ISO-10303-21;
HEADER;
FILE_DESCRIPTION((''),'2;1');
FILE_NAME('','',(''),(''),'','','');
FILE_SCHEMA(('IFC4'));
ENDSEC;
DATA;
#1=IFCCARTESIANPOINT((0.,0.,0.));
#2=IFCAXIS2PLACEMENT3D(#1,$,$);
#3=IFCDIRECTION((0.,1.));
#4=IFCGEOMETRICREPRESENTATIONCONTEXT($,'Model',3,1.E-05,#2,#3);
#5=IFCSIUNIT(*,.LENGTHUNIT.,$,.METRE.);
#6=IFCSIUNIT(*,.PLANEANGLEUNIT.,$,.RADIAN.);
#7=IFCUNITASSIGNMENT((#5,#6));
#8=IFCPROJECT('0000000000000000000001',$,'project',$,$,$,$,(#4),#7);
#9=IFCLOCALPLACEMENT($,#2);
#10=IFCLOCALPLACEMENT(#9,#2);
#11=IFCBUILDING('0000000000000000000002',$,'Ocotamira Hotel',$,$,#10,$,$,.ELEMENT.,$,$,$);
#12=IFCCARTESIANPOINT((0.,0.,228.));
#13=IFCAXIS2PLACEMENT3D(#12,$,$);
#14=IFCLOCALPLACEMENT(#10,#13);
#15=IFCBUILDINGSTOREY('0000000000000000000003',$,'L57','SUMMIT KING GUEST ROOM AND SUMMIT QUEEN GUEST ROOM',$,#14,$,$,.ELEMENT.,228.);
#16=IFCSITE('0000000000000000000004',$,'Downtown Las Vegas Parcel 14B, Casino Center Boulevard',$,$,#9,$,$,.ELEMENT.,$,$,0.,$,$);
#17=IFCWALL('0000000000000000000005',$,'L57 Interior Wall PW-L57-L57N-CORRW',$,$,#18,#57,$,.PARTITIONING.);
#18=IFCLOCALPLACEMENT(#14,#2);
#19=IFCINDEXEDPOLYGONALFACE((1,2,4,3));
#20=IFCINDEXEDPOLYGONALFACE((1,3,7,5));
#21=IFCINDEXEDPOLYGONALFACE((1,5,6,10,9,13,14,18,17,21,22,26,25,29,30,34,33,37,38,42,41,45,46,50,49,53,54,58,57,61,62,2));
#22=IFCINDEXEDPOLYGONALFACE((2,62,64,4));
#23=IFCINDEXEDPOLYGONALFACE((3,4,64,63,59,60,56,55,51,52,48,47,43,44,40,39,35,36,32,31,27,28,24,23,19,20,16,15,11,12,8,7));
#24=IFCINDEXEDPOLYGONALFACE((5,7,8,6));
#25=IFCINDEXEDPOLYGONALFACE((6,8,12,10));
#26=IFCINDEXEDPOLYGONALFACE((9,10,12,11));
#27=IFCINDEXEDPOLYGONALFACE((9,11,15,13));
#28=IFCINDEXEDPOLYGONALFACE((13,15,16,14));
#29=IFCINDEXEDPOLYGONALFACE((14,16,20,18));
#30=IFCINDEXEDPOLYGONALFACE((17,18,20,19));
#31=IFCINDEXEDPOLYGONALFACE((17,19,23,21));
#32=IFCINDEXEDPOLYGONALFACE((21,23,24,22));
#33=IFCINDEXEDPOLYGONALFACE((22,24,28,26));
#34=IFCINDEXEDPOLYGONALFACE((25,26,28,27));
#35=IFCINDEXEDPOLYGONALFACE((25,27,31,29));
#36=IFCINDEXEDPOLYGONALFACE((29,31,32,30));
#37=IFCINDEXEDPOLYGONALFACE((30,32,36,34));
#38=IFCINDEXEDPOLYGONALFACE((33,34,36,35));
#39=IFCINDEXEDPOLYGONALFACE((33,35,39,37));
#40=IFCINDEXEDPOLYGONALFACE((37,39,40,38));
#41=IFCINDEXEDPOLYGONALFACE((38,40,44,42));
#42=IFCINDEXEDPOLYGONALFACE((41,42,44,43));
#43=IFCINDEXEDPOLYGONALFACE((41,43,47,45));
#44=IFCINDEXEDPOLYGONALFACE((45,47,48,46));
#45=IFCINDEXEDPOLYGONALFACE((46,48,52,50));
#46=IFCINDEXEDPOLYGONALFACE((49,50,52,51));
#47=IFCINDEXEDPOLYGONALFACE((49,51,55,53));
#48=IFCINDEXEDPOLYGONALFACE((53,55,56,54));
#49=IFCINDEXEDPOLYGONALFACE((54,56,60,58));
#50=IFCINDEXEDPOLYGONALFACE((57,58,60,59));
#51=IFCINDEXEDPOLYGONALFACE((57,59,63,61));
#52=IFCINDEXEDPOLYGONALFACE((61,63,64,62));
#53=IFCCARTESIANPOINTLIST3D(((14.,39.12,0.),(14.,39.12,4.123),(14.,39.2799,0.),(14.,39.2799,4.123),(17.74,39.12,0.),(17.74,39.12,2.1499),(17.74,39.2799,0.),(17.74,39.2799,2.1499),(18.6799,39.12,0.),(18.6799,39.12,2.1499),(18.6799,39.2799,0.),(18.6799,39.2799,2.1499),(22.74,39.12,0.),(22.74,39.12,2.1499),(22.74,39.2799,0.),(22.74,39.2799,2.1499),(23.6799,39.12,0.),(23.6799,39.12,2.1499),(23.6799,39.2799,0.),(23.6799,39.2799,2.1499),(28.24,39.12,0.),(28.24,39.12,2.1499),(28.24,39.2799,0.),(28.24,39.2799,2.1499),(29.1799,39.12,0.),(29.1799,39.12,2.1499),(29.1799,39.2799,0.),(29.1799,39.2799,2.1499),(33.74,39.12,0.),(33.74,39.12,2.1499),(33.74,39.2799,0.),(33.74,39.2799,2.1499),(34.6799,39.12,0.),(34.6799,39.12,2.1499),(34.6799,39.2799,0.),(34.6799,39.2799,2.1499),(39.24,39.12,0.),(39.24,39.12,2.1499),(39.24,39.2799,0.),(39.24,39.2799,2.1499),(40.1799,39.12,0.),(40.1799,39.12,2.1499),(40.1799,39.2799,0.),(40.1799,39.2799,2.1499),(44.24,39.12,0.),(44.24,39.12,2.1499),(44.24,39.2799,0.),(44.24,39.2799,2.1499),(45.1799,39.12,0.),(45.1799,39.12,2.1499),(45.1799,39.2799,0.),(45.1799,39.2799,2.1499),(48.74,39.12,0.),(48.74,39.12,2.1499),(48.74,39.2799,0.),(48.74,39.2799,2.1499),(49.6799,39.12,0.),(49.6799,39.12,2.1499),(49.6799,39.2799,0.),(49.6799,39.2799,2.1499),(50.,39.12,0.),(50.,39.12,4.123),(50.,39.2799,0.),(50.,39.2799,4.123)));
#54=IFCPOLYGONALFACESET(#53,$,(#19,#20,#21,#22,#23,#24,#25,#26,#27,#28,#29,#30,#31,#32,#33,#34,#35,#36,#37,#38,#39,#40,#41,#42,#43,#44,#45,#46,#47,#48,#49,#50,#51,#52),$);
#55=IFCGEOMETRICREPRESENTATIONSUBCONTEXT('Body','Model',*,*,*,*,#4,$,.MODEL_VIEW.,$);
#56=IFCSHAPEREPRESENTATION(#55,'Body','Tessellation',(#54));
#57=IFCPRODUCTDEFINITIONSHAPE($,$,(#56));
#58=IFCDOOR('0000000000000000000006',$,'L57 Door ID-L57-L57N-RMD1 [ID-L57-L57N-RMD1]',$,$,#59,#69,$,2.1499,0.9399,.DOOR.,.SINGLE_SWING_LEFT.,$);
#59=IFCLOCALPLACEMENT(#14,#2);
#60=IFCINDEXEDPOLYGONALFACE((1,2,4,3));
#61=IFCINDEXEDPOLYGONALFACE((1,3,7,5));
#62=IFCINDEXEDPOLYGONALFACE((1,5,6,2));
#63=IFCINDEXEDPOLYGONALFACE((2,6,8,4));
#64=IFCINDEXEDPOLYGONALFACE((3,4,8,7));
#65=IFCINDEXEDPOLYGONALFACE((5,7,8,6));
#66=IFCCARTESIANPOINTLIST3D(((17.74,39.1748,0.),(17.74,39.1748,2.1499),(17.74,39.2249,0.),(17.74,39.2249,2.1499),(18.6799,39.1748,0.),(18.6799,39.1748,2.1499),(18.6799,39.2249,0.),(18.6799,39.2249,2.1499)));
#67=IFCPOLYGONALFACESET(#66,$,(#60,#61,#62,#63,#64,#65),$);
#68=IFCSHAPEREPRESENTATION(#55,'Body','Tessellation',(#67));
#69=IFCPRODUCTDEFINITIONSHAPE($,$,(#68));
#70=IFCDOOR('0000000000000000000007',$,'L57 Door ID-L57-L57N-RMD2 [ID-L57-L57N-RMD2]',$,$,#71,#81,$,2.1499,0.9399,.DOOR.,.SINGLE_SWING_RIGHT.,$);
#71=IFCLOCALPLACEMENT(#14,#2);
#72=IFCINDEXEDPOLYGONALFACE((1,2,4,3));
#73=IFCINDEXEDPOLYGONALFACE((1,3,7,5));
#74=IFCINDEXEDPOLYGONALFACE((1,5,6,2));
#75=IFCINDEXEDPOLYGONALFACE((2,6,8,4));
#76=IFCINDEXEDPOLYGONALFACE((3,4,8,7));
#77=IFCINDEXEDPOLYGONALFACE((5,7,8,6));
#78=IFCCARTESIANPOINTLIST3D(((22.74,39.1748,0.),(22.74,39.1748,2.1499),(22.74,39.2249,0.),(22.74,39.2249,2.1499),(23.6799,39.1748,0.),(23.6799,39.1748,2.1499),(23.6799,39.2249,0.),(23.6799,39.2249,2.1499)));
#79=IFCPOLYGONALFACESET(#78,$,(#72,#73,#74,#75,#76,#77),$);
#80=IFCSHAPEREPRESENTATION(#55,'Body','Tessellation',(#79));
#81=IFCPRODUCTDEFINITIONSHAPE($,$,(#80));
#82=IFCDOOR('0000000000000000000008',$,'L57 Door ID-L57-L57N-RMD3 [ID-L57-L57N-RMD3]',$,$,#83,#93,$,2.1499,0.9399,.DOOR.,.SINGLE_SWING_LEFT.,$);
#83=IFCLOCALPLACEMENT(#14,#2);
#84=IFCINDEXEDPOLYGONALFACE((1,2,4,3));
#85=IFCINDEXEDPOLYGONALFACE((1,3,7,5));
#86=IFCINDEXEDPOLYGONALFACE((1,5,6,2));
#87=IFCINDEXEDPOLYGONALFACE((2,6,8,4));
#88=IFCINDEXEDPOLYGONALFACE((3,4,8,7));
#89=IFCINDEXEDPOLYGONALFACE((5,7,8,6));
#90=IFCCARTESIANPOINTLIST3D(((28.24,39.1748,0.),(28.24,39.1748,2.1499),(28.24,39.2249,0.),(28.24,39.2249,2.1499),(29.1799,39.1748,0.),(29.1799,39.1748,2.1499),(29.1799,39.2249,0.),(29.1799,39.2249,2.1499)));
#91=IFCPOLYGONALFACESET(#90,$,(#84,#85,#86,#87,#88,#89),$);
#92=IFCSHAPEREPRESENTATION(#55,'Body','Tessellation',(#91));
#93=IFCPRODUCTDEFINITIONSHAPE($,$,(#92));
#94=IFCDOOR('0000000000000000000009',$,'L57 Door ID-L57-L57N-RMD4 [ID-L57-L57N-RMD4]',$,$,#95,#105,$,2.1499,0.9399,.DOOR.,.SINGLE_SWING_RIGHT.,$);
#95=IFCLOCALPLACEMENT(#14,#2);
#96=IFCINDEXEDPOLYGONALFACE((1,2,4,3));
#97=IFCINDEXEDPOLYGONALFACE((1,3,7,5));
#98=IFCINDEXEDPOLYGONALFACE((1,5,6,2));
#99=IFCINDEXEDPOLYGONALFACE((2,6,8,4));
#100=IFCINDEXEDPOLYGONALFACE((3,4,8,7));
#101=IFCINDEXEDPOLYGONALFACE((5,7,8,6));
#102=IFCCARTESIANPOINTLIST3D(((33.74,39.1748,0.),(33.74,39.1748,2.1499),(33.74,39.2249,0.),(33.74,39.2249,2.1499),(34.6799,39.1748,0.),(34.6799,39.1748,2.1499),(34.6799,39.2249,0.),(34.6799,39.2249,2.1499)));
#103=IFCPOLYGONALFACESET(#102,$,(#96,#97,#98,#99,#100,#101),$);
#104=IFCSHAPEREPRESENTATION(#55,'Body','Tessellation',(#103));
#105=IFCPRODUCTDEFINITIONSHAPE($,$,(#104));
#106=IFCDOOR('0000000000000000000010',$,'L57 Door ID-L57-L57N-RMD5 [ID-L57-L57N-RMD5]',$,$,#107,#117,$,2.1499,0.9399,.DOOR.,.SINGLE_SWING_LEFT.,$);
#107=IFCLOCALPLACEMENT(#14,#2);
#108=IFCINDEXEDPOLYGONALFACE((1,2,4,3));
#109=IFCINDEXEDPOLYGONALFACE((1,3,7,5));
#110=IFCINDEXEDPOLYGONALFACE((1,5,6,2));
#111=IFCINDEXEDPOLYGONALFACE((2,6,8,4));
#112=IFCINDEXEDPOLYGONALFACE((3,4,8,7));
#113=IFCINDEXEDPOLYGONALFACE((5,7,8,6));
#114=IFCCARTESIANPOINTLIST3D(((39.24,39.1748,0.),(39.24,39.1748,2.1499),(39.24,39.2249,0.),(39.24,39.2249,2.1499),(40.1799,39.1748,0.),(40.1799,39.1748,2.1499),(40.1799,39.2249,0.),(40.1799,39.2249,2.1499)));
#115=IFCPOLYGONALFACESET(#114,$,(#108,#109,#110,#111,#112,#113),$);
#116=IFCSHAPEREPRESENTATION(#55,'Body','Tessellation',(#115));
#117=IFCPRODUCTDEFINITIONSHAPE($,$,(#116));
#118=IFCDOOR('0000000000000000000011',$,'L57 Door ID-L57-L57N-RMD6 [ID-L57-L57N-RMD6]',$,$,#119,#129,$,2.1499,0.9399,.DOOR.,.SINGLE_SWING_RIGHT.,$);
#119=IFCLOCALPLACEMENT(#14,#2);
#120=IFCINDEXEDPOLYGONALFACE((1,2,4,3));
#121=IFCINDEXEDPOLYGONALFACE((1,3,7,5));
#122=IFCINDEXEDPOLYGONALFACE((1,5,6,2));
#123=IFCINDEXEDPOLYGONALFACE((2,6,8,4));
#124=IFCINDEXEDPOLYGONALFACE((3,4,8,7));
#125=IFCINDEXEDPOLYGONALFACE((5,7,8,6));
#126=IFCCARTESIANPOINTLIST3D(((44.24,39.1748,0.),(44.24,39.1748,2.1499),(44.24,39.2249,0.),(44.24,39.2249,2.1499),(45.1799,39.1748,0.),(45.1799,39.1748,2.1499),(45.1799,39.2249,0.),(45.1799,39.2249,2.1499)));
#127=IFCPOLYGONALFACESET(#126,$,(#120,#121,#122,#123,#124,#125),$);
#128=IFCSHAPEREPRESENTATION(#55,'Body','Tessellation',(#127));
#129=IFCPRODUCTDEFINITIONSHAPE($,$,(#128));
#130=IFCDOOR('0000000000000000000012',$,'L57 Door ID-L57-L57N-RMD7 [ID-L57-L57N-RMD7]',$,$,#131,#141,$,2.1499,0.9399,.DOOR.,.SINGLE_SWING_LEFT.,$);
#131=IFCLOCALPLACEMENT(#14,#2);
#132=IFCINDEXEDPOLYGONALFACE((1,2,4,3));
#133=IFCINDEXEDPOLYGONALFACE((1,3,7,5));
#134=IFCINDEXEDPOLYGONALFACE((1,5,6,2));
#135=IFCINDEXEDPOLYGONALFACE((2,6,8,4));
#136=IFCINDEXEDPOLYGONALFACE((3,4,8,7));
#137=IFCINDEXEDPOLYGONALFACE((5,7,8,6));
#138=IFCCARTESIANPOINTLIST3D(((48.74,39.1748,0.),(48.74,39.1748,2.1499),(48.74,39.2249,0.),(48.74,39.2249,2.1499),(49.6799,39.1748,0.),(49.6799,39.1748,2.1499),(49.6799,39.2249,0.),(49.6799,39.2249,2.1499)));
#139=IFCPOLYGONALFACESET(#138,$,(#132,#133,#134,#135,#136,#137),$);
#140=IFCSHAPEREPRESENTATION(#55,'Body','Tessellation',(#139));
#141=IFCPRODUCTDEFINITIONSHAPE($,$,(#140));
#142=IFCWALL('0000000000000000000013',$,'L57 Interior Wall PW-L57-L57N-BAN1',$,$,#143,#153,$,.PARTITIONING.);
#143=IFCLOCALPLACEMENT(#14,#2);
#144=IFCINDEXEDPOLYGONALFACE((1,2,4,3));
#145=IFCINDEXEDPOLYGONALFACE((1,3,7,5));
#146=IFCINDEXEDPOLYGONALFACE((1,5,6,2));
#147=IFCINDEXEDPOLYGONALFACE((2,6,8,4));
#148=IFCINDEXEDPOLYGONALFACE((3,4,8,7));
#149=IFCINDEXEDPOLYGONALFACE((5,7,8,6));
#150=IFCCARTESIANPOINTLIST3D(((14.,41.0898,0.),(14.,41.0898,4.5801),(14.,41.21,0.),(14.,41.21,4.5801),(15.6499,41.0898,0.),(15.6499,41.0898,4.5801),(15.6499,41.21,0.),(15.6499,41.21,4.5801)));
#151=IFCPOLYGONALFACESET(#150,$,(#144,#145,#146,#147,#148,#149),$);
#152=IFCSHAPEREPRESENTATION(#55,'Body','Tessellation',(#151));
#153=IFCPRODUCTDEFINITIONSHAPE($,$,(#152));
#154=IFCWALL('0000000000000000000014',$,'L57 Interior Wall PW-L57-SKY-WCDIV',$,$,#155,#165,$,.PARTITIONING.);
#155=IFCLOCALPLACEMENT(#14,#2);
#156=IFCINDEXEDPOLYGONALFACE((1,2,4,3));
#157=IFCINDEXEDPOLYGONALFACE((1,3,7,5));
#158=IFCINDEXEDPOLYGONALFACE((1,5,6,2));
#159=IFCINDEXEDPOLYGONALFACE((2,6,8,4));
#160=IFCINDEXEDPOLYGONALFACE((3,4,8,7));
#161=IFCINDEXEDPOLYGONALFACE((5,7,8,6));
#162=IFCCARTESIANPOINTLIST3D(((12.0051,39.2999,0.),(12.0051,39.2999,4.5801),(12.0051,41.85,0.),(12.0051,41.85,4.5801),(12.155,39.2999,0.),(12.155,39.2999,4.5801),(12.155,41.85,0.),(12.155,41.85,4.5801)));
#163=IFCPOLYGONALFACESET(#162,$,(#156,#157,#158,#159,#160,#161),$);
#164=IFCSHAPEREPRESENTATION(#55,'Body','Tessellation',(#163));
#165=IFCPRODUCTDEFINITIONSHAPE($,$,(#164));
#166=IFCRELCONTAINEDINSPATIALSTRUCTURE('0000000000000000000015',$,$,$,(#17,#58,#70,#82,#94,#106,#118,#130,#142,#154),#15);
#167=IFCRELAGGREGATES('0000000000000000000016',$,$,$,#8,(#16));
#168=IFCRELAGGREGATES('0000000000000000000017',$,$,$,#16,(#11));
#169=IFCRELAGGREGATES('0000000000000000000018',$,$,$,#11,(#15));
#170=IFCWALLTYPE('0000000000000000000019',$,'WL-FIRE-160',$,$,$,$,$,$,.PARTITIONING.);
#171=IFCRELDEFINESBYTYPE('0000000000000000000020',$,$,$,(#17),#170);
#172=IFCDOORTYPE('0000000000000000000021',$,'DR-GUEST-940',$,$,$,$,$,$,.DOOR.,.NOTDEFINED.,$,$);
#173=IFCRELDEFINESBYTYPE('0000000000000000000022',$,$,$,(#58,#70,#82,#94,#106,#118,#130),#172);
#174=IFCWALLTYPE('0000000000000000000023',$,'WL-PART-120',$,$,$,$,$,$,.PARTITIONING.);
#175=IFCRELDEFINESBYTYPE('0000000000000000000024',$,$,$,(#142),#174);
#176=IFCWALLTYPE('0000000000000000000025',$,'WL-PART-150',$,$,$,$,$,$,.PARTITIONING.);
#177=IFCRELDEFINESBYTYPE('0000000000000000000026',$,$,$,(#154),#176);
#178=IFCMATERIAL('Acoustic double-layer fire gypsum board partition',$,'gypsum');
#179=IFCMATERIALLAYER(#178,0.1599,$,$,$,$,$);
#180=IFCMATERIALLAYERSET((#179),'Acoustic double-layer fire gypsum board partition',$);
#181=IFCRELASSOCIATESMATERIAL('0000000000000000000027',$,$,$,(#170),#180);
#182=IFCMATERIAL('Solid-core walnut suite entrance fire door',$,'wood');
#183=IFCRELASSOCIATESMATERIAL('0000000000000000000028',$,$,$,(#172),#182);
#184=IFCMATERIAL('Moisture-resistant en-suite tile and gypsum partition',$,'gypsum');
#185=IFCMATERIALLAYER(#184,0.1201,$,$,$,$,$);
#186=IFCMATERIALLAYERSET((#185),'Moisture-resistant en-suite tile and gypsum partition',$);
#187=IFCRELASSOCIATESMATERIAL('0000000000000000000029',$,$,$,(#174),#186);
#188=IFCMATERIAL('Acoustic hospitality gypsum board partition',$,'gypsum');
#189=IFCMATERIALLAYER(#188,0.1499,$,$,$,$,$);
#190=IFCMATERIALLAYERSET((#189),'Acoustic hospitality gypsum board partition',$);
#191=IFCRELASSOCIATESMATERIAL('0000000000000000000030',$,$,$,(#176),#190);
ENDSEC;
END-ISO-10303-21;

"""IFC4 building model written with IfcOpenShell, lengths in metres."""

from ifc_helpers import new_model, si_unit, direction, frame, frame_2d, origin, place, context, subcontext, project, spatial, rectangle, extrude, source, transform, mapped, material, layer, layer_set, type_object, element, fill, save


model = new_model("IFC4")

# Units and contexts
model_context = context("Model", 3, precision=1e-05, world=origin(), true_north=direction((0.0, 1.0)))
body_context = subcontext(model_context, "Body", "Model", "MODEL_VIEW")
ifc_project = project(units=[si_unit("LENGTHUNIT", "METRE"), si_unit("PLANEANGLEUNIT", "RADIAN")], contexts=[model_context])

# Site, building, storey
site_placement = place(None, origin())
site = spatial("IfcSite", under=ifc_project, at=site_placement, Name="Downtown Las Vegas Parcel 14B, Casino Center Boulevard", CompositionType="ELEMENT", RefElevation=0.0)
building_placement = place(site_placement, origin())
building = spatial("IfcBuilding", under=site, at=building_placement, Name="Ocotamira Hotel", CompositionType="ELEMENT")
storey_placement = place(building_placement, frame((0.0, 0.0, 228.0)))
storey = spatial("IfcBuildingStorey", under=building, at=storey_placement, Name="L57", Description="SUMMIT KING GUEST ROOM AND SUMMIT QUEEN GUEST ROOM", CompositionType="ELEMENT", Elevation=228.0)

# Wall, openings, doors
ifc_material_1 = material(Name="Acoustic double-layer fire gypsum board partition", Category="gypsum")
ifc_layer_1 = layer(ifc_material_1, 0.1599)
ifc_layer_set_1 = layer_set([ifc_layer_1], Name="Acoustic double-layer fire gypsum board partition")
wall_type_1 = type_object("IfcWallType", Name="WL-FIRE-160", PredefinedType="PARTITIONING", material=ifc_layer_set_1)
wall_1_placement = place(storey_placement, frame((14.0, 39.2, 0.0), z_axis=(0.0, 0.0, 1.0), x_axis=(1.0, 0.0, 0.0)))
wall_1 = element("IfcWall", 1, at=wall_1_placement, inside=storey, type_object=wall_type_1, Name="L57 Interior Wall PW-L57-L57N-CORRW", PredefinedType="PARTITIONING", context=body_context, shape_type="SweptSolid", body=[
    extrude(rectangle(XDim=36.0, YDim=0.1599, at=frame_2d((18.0, 0.0))), origin(), (0.0, 0.0, 1.0), 4.123),
])
opening_1_placement = place(wall_1_placement, frame((3.74, 0.0, 0.0)))
opening_1 = element("IfcOpeningElement", 2, at=opening_1_placement, cuts=wall_1, PredefinedType="OPENING", context=body_context, shape_type="SweptSolid", body=[
    extrude(rectangle(XDim=0.9399, YDim=2.1499, at=frame_2d((0.47, 1.075))), frame((0.0, 0.0898, 0.0), z_axis=(0.0, -1.0, 0.0), x_axis=(1.0, 0.0, 0.0)), (0.0, 0.0, 1.0), 0.1799),
])
opening_2_placement = place(wall_1_placement, frame((8.74, 0.0, 0.0)))
opening_2 = element("IfcOpeningElement", 3, at=opening_2_placement, cuts=wall_1, PredefinedType="OPENING", context=body_context, shape_type="SweptSolid", body=[
    extrude(rectangle(XDim=0.9399, YDim=2.1499, at=frame_2d((0.47, 1.075))), frame((0.0, 0.0898, 0.0), z_axis=(0.0, -1.0, 0.0), x_axis=(1.0, 0.0, 0.0)), (0.0, 0.0, 1.0), 0.1799),
])
opening_3_placement = place(wall_1_placement, frame((14.24, 0.0, 0.0)))
opening_3 = element("IfcOpeningElement", 4, at=opening_3_placement, cuts=wall_1, PredefinedType="OPENING", context=body_context, shape_type="SweptSolid", body=[
    extrude(rectangle(XDim=0.9399, YDim=2.1499, at=frame_2d((0.47, 1.075))), frame((0.0, 0.0898, 0.0), z_axis=(0.0, -1.0, 0.0), x_axis=(1.0, 0.0, 0.0)), (0.0, 0.0, 1.0), 0.1799),
])
opening_4_placement = place(wall_1_placement, frame((19.74, 0.0, 0.0)))
opening_4 = element("IfcOpeningElement", 5, at=opening_4_placement, cuts=wall_1, PredefinedType="OPENING", context=body_context, shape_type="SweptSolid", body=[
    extrude(rectangle(XDim=0.9399, YDim=2.1499, at=frame_2d((0.47, 1.075))), frame((0.0, 0.0898, 0.0), z_axis=(0.0, -1.0, 0.0), x_axis=(1.0, 0.0, 0.0)), (0.0, 0.0, 1.0), 0.1799),
])
opening_5_placement = place(wall_1_placement, frame((25.24, 0.0, 0.0)))
opening_5 = element("IfcOpeningElement", 6, at=opening_5_placement, cuts=wall_1, PredefinedType="OPENING", context=body_context, shape_type="SweptSolid", body=[
    extrude(rectangle(XDim=0.9399, YDim=2.1499, at=frame_2d((0.47, 1.075))), frame((0.0, 0.0898, 0.0), z_axis=(0.0, -1.0, 0.0), x_axis=(1.0, 0.0, 0.0)), (0.0, 0.0, 1.0), 0.1799),
])
opening_6_placement = place(wall_1_placement, frame((30.24, 0.0, 0.0)))
opening_6 = element("IfcOpeningElement", 7, at=opening_6_placement, cuts=wall_1, PredefinedType="OPENING", context=body_context, shape_type="SweptSolid", body=[
    extrude(rectangle(XDim=0.9399, YDim=2.1499, at=frame_2d((0.47, 1.075))), frame((0.0, 0.0898, 0.0), z_axis=(0.0, -1.0, 0.0), x_axis=(1.0, 0.0, 0.0)), (0.0, 0.0, 1.0), 0.1799),
])
opening_7_placement = place(wall_1_placement, frame((34.74, 0.0, 0.0)))
opening_7 = element("IfcOpeningElement", 8, at=opening_7_placement, cuts=wall_1, PredefinedType="OPENING", context=body_context, shape_type="SweptSolid", body=[
    extrude(rectangle(XDim=0.9399, YDim=2.1499, at=frame_2d((0.47, 1.075))), frame((0.0, 0.0898, 0.0), z_axis=(0.0, -1.0, 0.0), x_axis=(1.0, 0.0, 0.0)), (0.0, 0.0, 1.0), 0.1799),
])
ifc_material_2 = material(Name="Solid-core walnut suite entrance fire door", Category="wood")
door_type_1 = type_object("IfcDoorType", Name="DR-GUEST-940", OperationType="NOTDEFINED", PredefinedType="DOOR", material=ifc_material_2)
shared_shape_1 = source(origin(), body_context, "Body", "SweptSolid", [
    extrude(rectangle(XDim=0.9399, YDim=2.1499, at=frame_2d((0.47, 1.075))), frame((0.0, 0.0249, 0.0), z_axis=(0.0, -1.0, 0.0), x_axis=(1.0, 0.0, 0.0)), (0.0, 0.0, 1.0), 0.05),
])
door_1_placement = place(opening_1_placement, origin())
door_1 = element("IfcDoor", 9, at=door_1_placement, inside=storey, type_object=door_type_1, Name="L57 Door ID-L57-L57N-RMD1 [ID-L57-L57N-RMD1]", OperationType="SINGLE_SWING_LEFT", OverallHeight=2.1499, OverallWidth=0.9399, PredefinedType="DOOR", context=body_context, shape_type="MappedRepresentation", body=[
    mapped(shared_shape_1, transform((0.0, 0.0, 0.0), scale=1.0)),
])
fill(opening_1, door_1)
door_2_placement = place(opening_2_placement, origin())
door_2 = element("IfcDoor", 10, at=door_2_placement, inside=storey, type_object=door_type_1, Name="L57 Door ID-L57-L57N-RMD2 [ID-L57-L57N-RMD2]", OperationType="SINGLE_SWING_RIGHT", OverallHeight=2.1499, OverallWidth=0.9399, PredefinedType="DOOR", context=body_context, shape_type="MappedRepresentation", body=[
    mapped(shared_shape_1, transform((0.0, 0.0, 0.0), scale=1.0)),
])
fill(opening_2, door_2)
door_3_placement = place(opening_3_placement, origin())
door_3 = element("IfcDoor", 11, at=door_3_placement, inside=storey, type_object=door_type_1, Name="L57 Door ID-L57-L57N-RMD3 [ID-L57-L57N-RMD3]", OperationType="SINGLE_SWING_LEFT", OverallHeight=2.1499, OverallWidth=0.9399, PredefinedType="DOOR", context=body_context, shape_type="MappedRepresentation", body=[
    mapped(shared_shape_1, transform((0.0, 0.0, 0.0), scale=1.0)),
])
fill(opening_3, door_3)
door_4_placement = place(opening_4_placement, origin())
door_4 = element("IfcDoor", 12, at=door_4_placement, inside=storey, type_object=door_type_1, Name="L57 Door ID-L57-L57N-RMD4 [ID-L57-L57N-RMD4]", OperationType="SINGLE_SWING_RIGHT", OverallHeight=2.1499, OverallWidth=0.9399, PredefinedType="DOOR", context=body_context, shape_type="MappedRepresentation", body=[
    mapped(shared_shape_1, transform((0.0, 0.0, 0.0), scale=1.0)),
])
fill(opening_4, door_4)
door_5_placement = place(opening_5_placement, origin())
door_5 = element("IfcDoor", 13, at=door_5_placement, inside=storey, type_object=door_type_1, Name="L57 Door ID-L57-L57N-RMD5 [ID-L57-L57N-RMD5]", OperationType="SINGLE_SWING_LEFT", OverallHeight=2.1499, OverallWidth=0.9399, PredefinedType="DOOR", context=body_context, shape_type="MappedRepresentation", body=[
    mapped(shared_shape_1, transform((0.0, 0.0, 0.0), scale=1.0)),
])
fill(opening_5, door_5)
door_6_placement = place(opening_6_placement, origin())
door_6 = element("IfcDoor", 14, at=door_6_placement, inside=storey, type_object=door_type_1, Name="L57 Door ID-L57-L57N-RMD6 [ID-L57-L57N-RMD6]", OperationType="SINGLE_SWING_RIGHT", OverallHeight=2.1499, OverallWidth=0.9399, PredefinedType="DOOR", context=body_context, shape_type="MappedRepresentation", body=[
    mapped(shared_shape_1, transform((0.0, 0.0, 0.0), scale=1.0)),
])
fill(opening_6, door_6)
door_7_placement = place(opening_7_placement, origin())
door_7 = element("IfcDoor", 15, at=door_7_placement, inside=storey, type_object=door_type_1, Name="L57 Door ID-L57-L57N-RMD7 [ID-L57-L57N-RMD7]", OperationType="SINGLE_SWING_LEFT", OverallHeight=2.1499, OverallWidth=0.9399, PredefinedType="DOOR", context=body_context, shape_type="MappedRepresentation", body=[
    mapped(shared_shape_1, transform((0.0, 0.0, 0.0), scale=1.0)),
])
fill(opening_7, door_7)

# Walls
ifc_material_3 = material(Name="Moisture-resistant en-suite tile and gypsum partition", Category="gypsum")
ifc_layer_2 = layer(ifc_material_3, 0.1201)
ifc_layer_set_2 = layer_set([ifc_layer_2], Name="Moisture-resistant en-suite tile and gypsum partition")
wall_type_2 = type_object("IfcWallType", Name="WL-PART-120", PredefinedType="PARTITIONING", material=ifc_layer_set_2)
wall_2_placement = place(storey_placement, frame((14.0, 41.1499, 0.0), z_axis=(0.0, 0.0, 1.0), x_axis=(1.0, 0.0, 0.0)))
element("IfcWall", 16, at=wall_2_placement, inside=storey, type_object=wall_type_2, Name="L57 Interior Wall PW-L57-L57N-BAN1", PredefinedType="PARTITIONING", context=body_context, shape_type="SweptSolid", body=[
    extrude(rectangle(XDim=1.6499, YDim=0.1201, at=frame_2d((0.825, 0.0))), origin(), (0.0, 0.0, 1.0), 4.5801),
])
ifc_material_4 = material(Name="Acoustic hospitality gypsum board partition", Category="gypsum")
ifc_layer_3 = layer(ifc_material_4, 0.1499)
ifc_layer_set_3 = layer_set([ifc_layer_3], Name="Acoustic hospitality gypsum board partition")
wall_type_3 = type_object("IfcWallType", Name="WL-PART-150", PredefinedType="PARTITIONING", material=ifc_layer_set_3)
wall_3_placement = place(storey_placement, frame((12.0801, 39.3, 0.0), z_axis=(0.0, 0.0, 1.0), x_axis=(0.0, 1.0, 0.0)))
element("IfcWall", 17, at=wall_3_placement, inside=storey, type_object=wall_type_3, Name="L57 Interior Wall PW-L57-SKY-WCDIV", PredefinedType="PARTITIONING", context=body_context, shape_type="SweptSolid", body=[
    extrude(rectangle(XDim=2.55, YDim=0.1499, at=frame_2d((1.2749, 0.0))), origin(), (0.0, 0.0, 1.0), 4.5801),
])

save(model, "model.ifc")
